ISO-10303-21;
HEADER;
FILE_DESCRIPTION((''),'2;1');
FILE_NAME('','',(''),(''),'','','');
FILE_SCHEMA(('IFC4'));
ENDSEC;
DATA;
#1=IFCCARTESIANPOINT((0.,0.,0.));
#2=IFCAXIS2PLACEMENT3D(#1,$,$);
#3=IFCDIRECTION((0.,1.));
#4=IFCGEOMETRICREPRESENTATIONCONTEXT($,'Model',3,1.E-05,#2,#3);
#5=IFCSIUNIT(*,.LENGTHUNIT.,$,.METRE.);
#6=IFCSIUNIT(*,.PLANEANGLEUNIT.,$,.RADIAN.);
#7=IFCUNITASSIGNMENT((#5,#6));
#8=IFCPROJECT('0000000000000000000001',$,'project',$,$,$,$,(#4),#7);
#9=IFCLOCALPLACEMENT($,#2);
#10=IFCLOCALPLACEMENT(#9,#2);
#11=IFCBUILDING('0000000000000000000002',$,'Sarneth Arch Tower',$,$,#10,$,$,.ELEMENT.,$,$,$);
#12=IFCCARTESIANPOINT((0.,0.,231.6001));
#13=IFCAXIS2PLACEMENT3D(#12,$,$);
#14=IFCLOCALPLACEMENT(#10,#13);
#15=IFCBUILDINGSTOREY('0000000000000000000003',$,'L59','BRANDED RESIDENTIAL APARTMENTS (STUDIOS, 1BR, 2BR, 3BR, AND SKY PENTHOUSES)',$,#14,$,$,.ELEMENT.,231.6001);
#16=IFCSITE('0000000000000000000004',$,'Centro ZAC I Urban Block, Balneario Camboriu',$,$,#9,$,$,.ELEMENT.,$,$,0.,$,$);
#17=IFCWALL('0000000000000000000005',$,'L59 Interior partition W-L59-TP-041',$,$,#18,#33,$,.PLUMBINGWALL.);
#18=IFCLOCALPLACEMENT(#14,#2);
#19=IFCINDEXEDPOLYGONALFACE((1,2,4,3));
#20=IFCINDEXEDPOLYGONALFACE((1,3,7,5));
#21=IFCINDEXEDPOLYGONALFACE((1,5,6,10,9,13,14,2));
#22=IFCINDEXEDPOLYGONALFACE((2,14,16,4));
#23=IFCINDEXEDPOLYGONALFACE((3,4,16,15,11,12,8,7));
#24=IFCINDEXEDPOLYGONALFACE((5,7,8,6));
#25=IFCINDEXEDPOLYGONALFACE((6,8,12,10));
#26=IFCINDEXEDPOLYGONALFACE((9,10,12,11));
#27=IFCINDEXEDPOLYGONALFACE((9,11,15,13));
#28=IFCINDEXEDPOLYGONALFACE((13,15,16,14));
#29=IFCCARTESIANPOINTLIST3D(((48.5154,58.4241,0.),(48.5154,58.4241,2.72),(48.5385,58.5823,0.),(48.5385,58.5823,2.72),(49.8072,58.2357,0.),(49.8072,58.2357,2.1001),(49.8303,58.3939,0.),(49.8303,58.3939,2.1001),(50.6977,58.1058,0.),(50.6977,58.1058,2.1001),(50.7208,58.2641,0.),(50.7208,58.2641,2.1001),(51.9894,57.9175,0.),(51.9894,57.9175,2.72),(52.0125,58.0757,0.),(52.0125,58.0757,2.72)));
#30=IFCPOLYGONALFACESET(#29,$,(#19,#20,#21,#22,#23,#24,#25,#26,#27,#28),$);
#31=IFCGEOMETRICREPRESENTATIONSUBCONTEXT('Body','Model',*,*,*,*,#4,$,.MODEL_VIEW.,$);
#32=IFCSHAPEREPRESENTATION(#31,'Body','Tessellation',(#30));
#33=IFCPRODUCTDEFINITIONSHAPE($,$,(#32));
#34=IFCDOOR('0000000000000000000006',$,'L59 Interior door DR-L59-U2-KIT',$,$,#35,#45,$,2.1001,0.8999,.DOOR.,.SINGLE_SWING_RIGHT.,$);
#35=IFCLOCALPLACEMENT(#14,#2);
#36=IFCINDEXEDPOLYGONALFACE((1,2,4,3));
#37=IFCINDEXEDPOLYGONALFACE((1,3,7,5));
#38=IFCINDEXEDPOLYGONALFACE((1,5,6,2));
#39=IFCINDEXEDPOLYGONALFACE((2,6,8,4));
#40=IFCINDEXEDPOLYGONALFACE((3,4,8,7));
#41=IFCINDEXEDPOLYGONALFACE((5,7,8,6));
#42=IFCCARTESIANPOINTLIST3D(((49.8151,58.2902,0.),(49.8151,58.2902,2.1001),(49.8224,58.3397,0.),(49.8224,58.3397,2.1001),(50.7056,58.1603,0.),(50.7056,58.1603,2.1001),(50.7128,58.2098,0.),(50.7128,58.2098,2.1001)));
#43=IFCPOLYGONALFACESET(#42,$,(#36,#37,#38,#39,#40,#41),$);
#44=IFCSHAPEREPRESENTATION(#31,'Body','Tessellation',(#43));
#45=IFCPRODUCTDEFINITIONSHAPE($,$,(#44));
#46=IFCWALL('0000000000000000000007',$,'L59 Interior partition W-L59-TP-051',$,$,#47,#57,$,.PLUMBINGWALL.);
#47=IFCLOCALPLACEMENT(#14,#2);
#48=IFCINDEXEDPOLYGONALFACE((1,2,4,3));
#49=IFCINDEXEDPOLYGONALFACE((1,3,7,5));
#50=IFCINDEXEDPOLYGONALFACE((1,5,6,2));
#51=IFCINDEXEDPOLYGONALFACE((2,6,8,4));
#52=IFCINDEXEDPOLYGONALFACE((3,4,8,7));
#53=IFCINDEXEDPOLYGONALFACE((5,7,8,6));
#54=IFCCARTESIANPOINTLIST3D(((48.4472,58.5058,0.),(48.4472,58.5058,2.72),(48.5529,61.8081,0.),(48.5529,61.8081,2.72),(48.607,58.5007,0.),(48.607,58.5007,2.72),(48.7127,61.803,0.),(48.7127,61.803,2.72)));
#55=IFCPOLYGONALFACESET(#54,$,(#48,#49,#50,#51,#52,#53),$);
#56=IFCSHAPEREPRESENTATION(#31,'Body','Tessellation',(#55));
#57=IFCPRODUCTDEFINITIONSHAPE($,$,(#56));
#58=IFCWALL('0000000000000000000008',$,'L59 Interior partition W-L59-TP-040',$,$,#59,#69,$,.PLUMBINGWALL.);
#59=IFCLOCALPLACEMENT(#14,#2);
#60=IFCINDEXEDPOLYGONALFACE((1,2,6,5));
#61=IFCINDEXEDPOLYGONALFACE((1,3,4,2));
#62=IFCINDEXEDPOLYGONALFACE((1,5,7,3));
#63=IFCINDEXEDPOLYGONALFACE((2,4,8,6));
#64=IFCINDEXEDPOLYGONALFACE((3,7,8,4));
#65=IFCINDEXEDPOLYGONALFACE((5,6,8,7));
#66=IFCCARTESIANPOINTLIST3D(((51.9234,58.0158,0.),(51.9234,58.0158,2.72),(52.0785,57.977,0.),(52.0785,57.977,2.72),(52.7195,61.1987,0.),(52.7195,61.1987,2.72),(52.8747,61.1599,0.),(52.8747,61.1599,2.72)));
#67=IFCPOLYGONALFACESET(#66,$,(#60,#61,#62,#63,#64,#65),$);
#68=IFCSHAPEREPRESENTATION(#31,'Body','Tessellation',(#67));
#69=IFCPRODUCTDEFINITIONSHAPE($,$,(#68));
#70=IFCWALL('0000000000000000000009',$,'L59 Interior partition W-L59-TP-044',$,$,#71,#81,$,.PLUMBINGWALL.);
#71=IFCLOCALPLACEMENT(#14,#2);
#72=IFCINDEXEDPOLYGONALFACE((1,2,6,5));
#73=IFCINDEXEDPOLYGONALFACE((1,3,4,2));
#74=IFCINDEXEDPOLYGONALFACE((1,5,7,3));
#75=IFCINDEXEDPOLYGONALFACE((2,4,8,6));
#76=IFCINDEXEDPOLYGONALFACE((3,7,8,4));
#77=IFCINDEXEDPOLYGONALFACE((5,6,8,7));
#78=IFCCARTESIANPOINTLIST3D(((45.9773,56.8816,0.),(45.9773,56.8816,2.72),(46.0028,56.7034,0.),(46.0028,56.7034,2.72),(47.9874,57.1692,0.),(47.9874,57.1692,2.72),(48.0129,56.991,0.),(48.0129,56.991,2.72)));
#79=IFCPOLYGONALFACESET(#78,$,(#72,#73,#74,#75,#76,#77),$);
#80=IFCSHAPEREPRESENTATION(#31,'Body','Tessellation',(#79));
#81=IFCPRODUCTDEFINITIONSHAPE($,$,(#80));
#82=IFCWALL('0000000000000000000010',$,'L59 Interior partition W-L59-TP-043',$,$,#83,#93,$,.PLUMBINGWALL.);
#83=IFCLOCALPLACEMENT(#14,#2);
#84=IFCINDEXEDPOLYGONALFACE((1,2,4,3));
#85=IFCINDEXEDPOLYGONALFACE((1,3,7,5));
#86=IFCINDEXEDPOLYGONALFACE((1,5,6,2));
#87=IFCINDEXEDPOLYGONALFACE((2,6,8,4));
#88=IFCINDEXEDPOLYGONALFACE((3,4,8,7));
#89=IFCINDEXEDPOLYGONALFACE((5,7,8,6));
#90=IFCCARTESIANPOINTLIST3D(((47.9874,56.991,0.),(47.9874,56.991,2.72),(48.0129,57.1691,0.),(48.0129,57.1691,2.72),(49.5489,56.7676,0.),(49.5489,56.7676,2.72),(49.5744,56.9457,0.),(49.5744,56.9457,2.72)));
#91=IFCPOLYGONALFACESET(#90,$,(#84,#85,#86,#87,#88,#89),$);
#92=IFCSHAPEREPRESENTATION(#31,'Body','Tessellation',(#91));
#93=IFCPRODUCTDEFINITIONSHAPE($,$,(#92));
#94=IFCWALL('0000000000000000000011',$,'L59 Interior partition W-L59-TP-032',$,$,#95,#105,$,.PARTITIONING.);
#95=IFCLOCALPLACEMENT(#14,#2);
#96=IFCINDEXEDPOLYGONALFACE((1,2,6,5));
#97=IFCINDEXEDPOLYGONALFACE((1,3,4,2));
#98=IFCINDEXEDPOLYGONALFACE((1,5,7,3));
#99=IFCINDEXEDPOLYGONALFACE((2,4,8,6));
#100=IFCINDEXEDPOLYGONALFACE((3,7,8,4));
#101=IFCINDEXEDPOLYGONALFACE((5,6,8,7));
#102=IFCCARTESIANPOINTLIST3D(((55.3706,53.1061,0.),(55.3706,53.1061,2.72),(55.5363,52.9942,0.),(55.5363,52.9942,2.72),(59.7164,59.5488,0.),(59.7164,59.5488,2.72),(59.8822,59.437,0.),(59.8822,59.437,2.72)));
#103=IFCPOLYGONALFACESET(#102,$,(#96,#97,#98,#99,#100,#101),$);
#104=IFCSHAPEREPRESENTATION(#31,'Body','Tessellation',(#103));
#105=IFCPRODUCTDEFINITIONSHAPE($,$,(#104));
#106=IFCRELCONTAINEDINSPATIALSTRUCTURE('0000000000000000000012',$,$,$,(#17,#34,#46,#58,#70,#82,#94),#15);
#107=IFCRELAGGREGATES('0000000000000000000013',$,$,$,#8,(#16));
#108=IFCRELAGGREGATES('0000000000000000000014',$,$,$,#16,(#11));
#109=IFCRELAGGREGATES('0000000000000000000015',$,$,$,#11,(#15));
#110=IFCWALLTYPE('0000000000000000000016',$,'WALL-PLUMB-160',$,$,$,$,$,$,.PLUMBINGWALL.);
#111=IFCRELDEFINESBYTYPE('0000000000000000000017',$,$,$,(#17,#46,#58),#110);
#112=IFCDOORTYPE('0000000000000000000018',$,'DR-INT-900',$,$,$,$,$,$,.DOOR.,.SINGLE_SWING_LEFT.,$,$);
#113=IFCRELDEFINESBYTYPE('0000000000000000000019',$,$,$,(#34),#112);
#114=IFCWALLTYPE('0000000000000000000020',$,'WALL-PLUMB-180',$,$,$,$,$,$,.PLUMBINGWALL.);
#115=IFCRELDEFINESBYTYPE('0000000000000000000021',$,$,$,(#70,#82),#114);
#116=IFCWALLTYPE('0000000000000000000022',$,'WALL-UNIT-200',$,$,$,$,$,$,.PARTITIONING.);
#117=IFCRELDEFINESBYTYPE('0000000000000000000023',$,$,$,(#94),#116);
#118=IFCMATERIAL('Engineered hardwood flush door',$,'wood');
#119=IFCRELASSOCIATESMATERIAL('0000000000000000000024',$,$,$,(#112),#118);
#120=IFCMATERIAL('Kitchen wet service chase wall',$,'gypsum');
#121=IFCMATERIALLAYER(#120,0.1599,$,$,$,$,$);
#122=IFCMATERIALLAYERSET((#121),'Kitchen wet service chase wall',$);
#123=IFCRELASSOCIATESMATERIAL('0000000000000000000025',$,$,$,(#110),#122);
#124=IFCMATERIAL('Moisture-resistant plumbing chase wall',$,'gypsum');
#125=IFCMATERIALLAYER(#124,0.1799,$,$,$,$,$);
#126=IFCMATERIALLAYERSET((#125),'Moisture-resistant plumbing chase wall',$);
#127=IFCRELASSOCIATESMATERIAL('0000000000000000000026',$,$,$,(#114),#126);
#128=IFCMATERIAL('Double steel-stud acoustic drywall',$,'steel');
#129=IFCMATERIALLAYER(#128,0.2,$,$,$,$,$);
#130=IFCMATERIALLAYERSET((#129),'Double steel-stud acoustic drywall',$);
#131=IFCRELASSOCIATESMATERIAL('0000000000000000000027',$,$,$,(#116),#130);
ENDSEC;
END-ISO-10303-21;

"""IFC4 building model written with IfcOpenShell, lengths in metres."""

from ifc_helpers import new_model, si_unit, direction, frame, frame_2d, origin, place, context, subcontext, project, spatial, rectangle, extrude, material, layer, layer_set, type_object, element, fill, save


model = new_model("IFC4")

# Units and contexts
model_context = context("Model", 3, precision=1e-05, world=origin(), true_north=direction((0.0, 1.0)))
body_context = subcontext(model_context, "Body", "Model", "MODEL_VIEW")
ifc_project = project(units=[si_unit("LENGTHUNIT", "METRE"), si_unit("PLANEANGLEUNIT", "RADIAN")], contexts=[model_context])

# Site, building, storey
site_placement = place(None, origin())
site = spatial("IfcSite", under=ifc_project, at=site_placement, Name="Centro ZAC I Urban Block, Balneario Camboriu", CompositionType="ELEMENT", RefElevation=0.0)
building_placement = place(site_placement, origin())
building = spatial("IfcBuilding", under=site, at=building_placement, Name="Sarneth Arch Tower", CompositionType="ELEMENT")
storey_placement = place(building_placement, frame((0.0, 0.0, 231.6001)))
storey = spatial("IfcBuildingStorey", under=building, at=storey_placement, Name="L59", Description="BRANDED RESIDENTIAL APARTMENTS (STUDIOS, 1BR, 2BR, 3BR, AND SKY PENTHOUSES)", CompositionType="ELEMENT", Elevation=231.6001)

# Shared definitions
ifc_material_1 = material(Name="Engineered hardwood flush door", Category="wood")
door_type_1 = type_object("IfcDoorType", Name="DR-INT-900", OperationType="SINGLE_SWING_LEFT", PredefinedType="DOOR", material=ifc_material_1)

# Wall, opening, door
ifc_material_2 = material(Name="Kitchen wet service chase wall", Category="gypsum")
ifc_layer_1 = layer(ifc_material_2, 0.1599)
ifc_layer_set_1 = layer_set([ifc_layer_1], Name="Kitchen wet service chase wall")
wall_type_1 = type_object("IfcWallType", Name="WALL-PLUMB-160", PredefinedType="PLUMBINGWALL", material=ifc_layer_set_1)
wall_1_placement = place(storey_placement, frame((52.001, 57.9966, 0.0), z_axis=(0.0, 0.0, 1.0), x_axis=(-0.989534, 0.144303, 0.0)))
wall_1 = element("IfcWall", 1, at=wall_1_placement, inside=storey, type_object=wall_type_1, Name="L59 Interior partition W-L59-TP-041", PredefinedType="PLUMBINGWALL", context=body_context, shape_type="SweptSolid", body=[
    extrude(rectangle(XDim=3.5107, YDim=0.1599, at=frame_2d((1.7554, 0.0))), origin(), (0.0, 0.0, 1.0), 2.72),
])
opening_1_placement = place(wall_1_placement, frame((1.3054, 0.0, 0.0)))
opening_1 = element("IfcOpeningElement", 2, at=opening_1_placement, cuts=wall_1, PredefinedType="OPENING", context=body_context, shape_type="SweptSolid", body=[
    extrude(rectangle(XDim=0.8999, YDim=2.1001, at=frame_2d((0.45, 1.05))), frame((0.0, 0.0898, 0.0), z_axis=(0.0, -1.0, 0.0), x_axis=(1.0, 0.0, 0.0)), (0.0, 0.0, 1.0), 0.1799),
])
door_1_placement = place(opening_1_placement, origin())
door_1 = element("IfcDoor", 3, at=door_1_placement, inside=storey, type_object=door_type_1, Name="L59 Interior door DR-L59-U2-KIT", OperationType="SINGLE_SWING_RIGHT", OverallHeight=2.1001, OverallWidth=0.8999, PredefinedType="DOOR", context=body_context, shape_type="SweptSolid", body=[
    extrude(rectangle(XDim=0.8999, YDim=2.1001, at=frame_2d((0.45, 1.05))), frame((0.0, 0.0249, 0.0), z_axis=(0.0, -1.0, 0.0), x_axis=(1.0, 0.0, 0.0)), (0.0, 0.0, 1.0), 0.05),
])
fill(opening_1, door_1)

# Walls
wall_2_placement = place(storey_placement, frame((48.6328, 61.8054, 0.0), z_axis=(0.0, 0.0, 1.0), x_axis=(-0.031996, -0.999488, 0.0)))
element("IfcWall", 4, at=wall_2_placement, inside=storey, type_object=wall_type_1, Name="L59 Interior partition W-L59-TP-051", PredefinedType="PLUMBINGWALL", context=body_context, shape_type="SweptSolid", body=[
    extrude(rectangle(XDim=3.304, YDim=0.1599, at=frame_2d((1.6519, 0.0))), origin(), (0.0, 0.0, 1.0), 2.72),
])
wall_3_placement = place(storey_placement, frame((52.7971, 61.1794, 0.0), z_axis=(0.0, 0.0, 1.0), x_axis=(-0.242658, -0.970112, 0.0)))
element("IfcWall", 5, at=wall_3_placement, inside=storey, type_object=wall_type_1, Name="L59 Interior partition W-L59-TP-040", PredefinedType="PLUMBINGWALL", context=body_context, shape_type="SweptSolid", body=[
    extrude(rectangle(XDim=3.281, YDim=0.1599, at=frame_2d((1.6406, 0.0))), origin(), (0.0, 0.0, 1.0), 2.72),
])
ifc_material_3 = material(Name="Moisture-resistant plumbing chase wall", Category="gypsum")
ifc_layer_2 = layer(ifc_material_3, 0.1799)
ifc_layer_set_2 = layer_set([ifc_layer_2], Name="Moisture-resistant plumbing chase wall")
wall_type_2 = type_object("IfcWallType", Name="WALL-PLUMB-180", PredefinedType="PLUMBINGWALL", material=ifc_layer_set_2)
wall_4_placement = place(storey_placement, frame((48.0, 57.0801, 0.0), z_axis=(0.0, 0.0, 1.0), x_axis=(-0.989918, -0.14164, 0.0)))
element("IfcWall", 6, at=wall_4_placement, inside=storey, type_object=wall_type_2, Name="L59 Interior partition W-L59-TP-044", PredefinedType="PLUMBINGWALL", context=body_context, shape_type="SweptSolid", body=[
    extrude(rectangle(XDim=2.0305, YDim=0.1799, at=frame_2d((1.0151, 0.0))), origin(), (0.0, 0.0, 1.0), 2.72),
])
wall_5_placement = place(storey_placement, frame((49.5615, 56.8567, 0.0), z_axis=(0.0, 0.0, 1.0), x_axis=(-0.989922, 0.141616, 0.0)))
element("IfcWall", 7, at=wall_5_placement, inside=storey, type_object=wall_type_2, Name="L59 Interior partition W-L59-TP-043", PredefinedType="PLUMBINGWALL", context=body_context, shape_type="SweptSolid", body=[
    extrude(rectangle(XDim=1.5774, YDim=0.1799, at=frame_2d((0.7886, 0.0))), origin(), (0.0, 0.0, 1.0), 2.72),
])
ifc_material_4 = material(Name="Double steel-stud acoustic drywall", Category="steel")
ifc_layer_3 = layer(ifc_material_4, 0.2)
ifc_layer_set_3 = layer_set([ifc_layer_3], Name="Double steel-stud acoustic drywall")
wall_type_3 = type_object("IfcWallType", Name="WALL-UNIT-200", PredefinedType="PARTITIONING", material=ifc_layer_set_3)
wall_6_placement = place(storey_placement, frame((59.7993, 59.4929, 0.0), z_axis=(0.0, 0.0, 1.0), x_axis=(-0.559208, -0.829027, 0.0)))
element("IfcWall", 8, at=wall_6_placement, inside=storey, type_object=wall_type_3, Name="L59 Interior partition W-L59-TP-032", PredefinedType="PARTITIONING", context=body_context, shape_type="SweptSolid", body=[
    extrude(rectangle(XDim=7.7715, YDim=0.2, at=frame_2d((3.8857, 0.0))), origin(), (0.0, 0.0, 1.0), 2.72),
])

save(model, "model.ifc")
